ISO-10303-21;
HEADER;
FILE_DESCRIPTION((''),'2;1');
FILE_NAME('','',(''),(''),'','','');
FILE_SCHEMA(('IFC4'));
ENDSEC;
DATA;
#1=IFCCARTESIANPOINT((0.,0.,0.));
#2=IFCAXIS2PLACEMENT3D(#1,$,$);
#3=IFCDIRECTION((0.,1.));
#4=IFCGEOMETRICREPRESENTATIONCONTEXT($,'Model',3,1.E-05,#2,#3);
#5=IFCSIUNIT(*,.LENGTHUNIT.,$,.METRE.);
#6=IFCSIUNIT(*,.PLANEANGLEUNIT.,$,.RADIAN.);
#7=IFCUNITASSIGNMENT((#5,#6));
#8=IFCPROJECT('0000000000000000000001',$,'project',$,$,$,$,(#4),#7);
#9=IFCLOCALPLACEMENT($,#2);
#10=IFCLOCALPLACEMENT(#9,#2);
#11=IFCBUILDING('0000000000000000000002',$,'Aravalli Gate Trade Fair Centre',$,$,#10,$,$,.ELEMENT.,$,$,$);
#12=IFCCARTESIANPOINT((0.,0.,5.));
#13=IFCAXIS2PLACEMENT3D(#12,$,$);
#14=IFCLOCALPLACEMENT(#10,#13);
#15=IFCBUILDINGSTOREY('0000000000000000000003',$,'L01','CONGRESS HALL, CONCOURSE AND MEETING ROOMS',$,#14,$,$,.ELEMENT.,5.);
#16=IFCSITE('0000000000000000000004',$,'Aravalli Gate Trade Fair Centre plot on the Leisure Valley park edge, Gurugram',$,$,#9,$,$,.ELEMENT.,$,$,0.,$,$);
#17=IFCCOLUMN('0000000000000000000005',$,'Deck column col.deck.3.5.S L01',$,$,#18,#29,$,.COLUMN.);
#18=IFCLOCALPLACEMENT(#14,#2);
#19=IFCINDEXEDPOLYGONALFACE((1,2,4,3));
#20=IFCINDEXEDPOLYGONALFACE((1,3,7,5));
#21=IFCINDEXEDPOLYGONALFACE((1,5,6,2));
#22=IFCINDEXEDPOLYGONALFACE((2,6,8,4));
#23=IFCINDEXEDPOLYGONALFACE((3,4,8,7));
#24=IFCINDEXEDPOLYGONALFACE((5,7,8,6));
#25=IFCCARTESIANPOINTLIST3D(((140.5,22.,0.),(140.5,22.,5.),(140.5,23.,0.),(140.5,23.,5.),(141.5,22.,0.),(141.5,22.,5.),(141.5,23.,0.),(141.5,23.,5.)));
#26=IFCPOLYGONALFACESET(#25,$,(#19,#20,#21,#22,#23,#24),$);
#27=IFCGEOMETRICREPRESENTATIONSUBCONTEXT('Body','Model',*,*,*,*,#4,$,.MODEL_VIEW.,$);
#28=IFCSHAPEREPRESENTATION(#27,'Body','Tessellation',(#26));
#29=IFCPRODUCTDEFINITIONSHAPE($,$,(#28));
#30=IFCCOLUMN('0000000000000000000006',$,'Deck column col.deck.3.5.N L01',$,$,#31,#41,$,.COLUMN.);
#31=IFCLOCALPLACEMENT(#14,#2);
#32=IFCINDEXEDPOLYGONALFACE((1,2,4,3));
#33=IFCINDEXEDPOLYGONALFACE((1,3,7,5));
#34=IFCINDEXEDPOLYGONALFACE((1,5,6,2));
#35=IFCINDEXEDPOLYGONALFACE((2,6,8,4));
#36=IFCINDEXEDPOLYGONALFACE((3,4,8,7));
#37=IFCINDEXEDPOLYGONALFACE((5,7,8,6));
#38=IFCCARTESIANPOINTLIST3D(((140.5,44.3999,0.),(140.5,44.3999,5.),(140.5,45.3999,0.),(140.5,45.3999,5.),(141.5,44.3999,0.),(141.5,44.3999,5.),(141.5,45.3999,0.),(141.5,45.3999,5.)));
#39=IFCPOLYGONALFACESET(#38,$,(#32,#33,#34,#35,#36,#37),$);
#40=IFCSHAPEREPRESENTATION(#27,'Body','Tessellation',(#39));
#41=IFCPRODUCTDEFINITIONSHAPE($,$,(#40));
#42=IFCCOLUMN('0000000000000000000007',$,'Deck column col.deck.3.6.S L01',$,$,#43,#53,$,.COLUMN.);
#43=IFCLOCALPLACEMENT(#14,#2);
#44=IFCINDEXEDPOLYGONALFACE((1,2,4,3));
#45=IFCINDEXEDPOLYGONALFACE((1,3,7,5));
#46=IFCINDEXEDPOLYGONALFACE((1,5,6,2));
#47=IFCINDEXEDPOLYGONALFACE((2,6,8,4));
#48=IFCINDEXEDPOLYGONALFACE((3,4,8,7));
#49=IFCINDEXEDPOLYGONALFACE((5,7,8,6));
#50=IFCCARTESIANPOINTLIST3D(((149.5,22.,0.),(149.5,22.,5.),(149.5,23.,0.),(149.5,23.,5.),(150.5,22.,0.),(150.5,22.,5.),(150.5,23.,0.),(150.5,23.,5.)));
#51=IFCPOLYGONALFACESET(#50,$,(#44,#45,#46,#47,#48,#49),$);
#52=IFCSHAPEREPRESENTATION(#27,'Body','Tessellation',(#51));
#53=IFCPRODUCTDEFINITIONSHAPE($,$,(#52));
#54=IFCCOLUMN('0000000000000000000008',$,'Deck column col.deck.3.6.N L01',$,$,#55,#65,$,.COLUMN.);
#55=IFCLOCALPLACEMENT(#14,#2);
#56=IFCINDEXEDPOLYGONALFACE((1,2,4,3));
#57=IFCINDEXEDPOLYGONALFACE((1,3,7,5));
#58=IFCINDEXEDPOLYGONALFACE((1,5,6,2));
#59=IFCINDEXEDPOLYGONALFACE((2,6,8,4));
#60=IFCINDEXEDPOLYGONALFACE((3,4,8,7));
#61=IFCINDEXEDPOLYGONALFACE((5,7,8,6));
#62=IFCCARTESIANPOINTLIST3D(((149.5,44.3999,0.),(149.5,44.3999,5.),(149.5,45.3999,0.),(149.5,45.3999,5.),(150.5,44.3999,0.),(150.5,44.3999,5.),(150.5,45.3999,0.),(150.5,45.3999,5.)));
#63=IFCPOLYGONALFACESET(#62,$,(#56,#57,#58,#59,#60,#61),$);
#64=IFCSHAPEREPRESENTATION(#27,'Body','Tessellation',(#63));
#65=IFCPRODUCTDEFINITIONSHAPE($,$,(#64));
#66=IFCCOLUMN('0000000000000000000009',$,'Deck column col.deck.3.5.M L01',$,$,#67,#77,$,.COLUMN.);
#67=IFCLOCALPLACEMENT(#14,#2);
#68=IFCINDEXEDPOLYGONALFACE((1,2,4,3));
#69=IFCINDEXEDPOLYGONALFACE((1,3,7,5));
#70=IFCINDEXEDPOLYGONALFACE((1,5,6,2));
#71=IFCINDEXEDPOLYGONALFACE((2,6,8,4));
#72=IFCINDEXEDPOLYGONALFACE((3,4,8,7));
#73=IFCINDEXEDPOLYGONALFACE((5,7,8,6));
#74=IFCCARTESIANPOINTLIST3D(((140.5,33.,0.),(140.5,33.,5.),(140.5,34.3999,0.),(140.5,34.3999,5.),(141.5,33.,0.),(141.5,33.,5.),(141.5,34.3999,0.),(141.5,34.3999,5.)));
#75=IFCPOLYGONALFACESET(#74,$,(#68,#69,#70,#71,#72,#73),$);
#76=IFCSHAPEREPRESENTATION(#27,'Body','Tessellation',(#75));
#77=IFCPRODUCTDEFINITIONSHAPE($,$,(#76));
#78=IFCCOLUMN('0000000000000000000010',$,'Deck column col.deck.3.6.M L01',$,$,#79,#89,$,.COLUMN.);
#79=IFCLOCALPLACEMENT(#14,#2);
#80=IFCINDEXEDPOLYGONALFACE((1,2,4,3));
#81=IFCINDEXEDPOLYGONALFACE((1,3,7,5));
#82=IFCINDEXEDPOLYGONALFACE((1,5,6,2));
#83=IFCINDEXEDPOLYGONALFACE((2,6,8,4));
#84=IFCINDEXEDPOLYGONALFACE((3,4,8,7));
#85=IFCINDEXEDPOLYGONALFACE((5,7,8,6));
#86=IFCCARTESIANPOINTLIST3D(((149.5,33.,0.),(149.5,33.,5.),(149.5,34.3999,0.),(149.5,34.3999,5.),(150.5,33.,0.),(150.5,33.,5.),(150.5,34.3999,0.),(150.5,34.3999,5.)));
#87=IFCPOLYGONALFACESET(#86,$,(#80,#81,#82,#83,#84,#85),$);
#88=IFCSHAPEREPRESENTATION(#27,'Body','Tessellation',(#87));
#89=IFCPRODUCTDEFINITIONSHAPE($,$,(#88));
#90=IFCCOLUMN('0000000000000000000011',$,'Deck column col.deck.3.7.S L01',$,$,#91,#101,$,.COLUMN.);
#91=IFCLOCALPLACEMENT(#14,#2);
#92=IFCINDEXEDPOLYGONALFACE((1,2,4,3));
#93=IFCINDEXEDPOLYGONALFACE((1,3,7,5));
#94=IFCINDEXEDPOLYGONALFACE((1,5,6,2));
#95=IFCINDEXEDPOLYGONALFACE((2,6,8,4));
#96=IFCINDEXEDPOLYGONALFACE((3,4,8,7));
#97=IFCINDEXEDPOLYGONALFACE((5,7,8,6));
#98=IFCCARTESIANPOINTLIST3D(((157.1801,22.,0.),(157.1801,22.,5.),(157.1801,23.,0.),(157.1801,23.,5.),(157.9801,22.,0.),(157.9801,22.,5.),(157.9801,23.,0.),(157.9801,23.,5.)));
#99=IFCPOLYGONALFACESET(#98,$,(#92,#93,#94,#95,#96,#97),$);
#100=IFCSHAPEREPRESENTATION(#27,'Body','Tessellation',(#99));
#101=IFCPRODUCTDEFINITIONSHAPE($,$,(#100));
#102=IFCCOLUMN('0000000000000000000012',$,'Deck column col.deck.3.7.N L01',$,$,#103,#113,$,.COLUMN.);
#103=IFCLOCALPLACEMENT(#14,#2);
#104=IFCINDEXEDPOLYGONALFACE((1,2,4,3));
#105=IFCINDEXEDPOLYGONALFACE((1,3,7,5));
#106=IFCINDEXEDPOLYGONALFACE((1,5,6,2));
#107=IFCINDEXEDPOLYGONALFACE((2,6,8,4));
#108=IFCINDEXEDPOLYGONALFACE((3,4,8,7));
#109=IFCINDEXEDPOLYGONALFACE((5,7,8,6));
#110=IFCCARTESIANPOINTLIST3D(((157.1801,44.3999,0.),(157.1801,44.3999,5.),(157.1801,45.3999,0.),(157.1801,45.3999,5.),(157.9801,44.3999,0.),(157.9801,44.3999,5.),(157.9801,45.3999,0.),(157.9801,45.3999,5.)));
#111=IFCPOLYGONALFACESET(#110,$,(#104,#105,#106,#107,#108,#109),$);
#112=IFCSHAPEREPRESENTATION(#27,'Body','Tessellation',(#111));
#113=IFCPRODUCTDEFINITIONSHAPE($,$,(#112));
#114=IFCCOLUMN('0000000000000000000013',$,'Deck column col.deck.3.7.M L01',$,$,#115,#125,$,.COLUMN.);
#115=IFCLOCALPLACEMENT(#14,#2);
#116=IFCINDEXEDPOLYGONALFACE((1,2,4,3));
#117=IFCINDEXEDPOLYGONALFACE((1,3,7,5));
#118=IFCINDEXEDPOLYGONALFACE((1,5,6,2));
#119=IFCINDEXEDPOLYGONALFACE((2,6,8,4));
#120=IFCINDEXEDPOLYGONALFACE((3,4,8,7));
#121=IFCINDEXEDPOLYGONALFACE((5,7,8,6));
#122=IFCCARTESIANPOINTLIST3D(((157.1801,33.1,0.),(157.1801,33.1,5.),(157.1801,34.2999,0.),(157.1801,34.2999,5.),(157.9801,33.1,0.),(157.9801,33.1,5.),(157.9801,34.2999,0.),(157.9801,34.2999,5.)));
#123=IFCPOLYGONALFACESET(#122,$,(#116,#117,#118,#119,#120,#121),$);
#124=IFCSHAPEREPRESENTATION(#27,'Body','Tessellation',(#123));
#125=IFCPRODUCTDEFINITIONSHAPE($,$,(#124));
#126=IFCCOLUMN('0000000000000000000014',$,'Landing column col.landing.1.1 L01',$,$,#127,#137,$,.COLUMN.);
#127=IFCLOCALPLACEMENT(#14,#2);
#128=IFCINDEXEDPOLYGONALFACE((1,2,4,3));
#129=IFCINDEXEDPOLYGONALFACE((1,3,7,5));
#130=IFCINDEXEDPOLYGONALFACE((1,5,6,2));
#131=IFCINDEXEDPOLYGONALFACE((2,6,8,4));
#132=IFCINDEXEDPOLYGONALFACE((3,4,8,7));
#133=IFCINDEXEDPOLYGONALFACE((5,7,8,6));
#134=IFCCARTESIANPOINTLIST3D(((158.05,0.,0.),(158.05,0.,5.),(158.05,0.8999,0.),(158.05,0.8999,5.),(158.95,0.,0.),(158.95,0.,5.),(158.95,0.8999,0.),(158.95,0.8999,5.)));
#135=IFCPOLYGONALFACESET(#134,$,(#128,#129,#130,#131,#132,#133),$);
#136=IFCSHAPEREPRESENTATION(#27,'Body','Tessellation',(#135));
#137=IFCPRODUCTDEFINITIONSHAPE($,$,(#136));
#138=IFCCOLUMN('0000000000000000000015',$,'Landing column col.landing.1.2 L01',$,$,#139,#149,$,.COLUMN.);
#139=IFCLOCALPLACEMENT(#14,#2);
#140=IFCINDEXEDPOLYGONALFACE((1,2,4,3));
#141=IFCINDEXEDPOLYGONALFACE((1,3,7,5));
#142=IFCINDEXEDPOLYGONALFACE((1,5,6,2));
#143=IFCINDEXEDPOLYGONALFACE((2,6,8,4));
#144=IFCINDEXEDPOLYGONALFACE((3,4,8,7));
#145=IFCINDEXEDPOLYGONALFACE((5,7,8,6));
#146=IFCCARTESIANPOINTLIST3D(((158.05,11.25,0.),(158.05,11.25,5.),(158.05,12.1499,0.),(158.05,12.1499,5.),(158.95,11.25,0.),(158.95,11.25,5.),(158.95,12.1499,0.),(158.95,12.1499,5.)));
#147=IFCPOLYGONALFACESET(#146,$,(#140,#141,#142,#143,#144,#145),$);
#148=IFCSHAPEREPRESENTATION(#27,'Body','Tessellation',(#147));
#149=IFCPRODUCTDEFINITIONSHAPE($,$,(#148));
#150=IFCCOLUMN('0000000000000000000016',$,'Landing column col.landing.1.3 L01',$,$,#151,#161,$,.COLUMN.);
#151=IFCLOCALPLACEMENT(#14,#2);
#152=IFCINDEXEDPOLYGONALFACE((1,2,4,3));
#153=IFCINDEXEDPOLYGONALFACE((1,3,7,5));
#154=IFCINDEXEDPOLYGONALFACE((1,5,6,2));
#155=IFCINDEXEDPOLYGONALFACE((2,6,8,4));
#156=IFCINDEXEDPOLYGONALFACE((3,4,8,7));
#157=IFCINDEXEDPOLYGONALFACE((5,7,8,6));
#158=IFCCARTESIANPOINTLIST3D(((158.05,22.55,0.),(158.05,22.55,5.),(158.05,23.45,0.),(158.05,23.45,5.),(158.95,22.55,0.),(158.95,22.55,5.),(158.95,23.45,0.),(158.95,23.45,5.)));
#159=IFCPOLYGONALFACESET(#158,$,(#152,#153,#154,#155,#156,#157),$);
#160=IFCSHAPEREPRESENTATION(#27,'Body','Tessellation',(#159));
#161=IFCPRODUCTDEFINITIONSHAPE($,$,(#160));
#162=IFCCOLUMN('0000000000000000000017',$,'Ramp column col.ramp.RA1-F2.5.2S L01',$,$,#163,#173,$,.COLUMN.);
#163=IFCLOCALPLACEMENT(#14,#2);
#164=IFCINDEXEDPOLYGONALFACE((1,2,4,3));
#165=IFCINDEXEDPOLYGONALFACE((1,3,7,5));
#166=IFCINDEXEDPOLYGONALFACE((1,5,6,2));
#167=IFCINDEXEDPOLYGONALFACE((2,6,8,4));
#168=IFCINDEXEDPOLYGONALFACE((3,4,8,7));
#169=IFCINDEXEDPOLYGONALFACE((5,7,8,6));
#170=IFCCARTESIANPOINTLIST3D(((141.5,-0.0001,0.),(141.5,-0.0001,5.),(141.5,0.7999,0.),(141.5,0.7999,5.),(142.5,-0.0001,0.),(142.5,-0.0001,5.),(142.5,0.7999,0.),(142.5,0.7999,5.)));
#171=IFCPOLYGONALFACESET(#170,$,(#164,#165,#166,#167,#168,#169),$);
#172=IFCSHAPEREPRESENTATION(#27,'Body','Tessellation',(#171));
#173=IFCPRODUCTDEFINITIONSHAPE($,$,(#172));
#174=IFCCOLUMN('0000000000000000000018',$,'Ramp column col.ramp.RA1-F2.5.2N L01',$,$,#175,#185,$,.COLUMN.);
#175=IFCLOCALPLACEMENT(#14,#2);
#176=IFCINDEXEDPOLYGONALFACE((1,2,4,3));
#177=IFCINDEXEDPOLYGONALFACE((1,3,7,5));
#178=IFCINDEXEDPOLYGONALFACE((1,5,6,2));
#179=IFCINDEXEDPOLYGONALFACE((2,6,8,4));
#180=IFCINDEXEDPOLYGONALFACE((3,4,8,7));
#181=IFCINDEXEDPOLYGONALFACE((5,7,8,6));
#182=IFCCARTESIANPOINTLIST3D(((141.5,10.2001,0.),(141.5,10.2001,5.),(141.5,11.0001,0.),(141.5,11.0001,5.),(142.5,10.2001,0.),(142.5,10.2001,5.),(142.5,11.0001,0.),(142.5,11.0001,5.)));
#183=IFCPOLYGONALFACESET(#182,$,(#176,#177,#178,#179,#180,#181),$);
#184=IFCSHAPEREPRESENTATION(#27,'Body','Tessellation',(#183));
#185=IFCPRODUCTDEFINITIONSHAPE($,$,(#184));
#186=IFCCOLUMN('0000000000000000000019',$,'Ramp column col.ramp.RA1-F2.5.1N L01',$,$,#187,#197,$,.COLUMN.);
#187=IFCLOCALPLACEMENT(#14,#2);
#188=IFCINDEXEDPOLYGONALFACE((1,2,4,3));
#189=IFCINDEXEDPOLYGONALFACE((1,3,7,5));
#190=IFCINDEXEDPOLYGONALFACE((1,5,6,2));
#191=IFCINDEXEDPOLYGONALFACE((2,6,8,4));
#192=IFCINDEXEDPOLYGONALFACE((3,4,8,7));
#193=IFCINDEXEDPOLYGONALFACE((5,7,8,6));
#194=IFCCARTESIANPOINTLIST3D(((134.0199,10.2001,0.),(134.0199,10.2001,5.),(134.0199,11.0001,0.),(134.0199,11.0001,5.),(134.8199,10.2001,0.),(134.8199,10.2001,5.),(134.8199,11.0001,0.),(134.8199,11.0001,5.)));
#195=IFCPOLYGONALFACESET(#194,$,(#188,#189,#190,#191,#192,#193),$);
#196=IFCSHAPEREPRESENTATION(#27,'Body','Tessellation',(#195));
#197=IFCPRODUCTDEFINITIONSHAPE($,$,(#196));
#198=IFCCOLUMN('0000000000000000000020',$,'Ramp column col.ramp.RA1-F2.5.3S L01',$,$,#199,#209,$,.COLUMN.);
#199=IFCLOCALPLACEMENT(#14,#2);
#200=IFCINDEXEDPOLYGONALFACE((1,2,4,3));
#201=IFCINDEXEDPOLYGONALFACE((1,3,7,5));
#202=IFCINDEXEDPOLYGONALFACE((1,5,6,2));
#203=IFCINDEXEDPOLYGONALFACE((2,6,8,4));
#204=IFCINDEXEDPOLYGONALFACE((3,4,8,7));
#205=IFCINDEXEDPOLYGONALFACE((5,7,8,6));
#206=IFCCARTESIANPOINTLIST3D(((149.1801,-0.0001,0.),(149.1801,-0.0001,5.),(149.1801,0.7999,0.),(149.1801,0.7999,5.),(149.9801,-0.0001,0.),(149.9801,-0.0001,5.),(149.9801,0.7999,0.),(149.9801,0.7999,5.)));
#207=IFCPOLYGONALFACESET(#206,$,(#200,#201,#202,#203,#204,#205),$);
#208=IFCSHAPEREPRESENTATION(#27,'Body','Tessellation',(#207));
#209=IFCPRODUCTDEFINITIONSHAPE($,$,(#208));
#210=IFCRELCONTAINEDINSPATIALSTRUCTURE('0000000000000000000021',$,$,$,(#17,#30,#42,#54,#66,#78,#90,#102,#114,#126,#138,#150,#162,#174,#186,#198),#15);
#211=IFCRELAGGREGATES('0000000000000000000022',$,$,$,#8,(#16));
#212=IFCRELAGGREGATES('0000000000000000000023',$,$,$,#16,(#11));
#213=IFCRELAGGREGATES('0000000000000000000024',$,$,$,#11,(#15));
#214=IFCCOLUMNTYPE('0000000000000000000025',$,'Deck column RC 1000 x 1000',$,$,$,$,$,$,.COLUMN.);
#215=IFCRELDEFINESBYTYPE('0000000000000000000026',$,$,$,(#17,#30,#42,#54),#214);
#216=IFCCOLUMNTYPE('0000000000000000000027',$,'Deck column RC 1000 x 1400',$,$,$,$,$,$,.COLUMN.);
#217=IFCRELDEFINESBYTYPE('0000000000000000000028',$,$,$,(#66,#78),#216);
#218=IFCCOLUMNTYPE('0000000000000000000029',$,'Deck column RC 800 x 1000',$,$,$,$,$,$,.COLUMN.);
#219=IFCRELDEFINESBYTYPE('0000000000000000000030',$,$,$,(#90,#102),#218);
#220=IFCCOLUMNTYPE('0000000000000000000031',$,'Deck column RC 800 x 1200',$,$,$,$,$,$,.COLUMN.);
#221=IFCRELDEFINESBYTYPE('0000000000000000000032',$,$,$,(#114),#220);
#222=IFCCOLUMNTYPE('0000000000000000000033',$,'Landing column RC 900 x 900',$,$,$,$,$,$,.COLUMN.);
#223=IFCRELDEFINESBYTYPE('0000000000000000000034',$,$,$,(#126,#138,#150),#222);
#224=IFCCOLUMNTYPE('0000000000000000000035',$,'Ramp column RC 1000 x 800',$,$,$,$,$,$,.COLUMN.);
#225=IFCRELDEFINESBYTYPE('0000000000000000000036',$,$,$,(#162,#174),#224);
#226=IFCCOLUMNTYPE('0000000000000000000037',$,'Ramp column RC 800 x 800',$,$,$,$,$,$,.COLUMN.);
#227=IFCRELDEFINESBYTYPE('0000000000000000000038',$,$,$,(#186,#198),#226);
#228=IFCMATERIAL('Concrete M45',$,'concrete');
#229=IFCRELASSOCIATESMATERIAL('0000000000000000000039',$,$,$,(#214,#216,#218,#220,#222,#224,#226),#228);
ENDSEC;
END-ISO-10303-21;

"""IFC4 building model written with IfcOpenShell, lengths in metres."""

from ifc_helpers import new_model, si_unit, direction, frame, origin, origin_2d, place, context, subcontext, project, spatial, rectangle, extrude, material, material_profile, profile_set, type_object, element, save


model = new_model("IFC4")

# Units and contexts
model_context = context("Model", 3, precision=1e-05, world=origin(), true_north=direction((0.0, 1.0)))
body_context = subcontext(model_context, "Body", "Model", "MODEL_VIEW")
ifc_project = project(units=[si_unit("LENGTHUNIT", "METRE"), si_unit("PLANEANGLEUNIT", "RADIAN")], contexts=[model_context])

# Site, building, storey
site_placement = place(None, origin())
site = spatial("IfcSite", under=ifc_project, at=site_placement, Name="Aravalli Gate Trade Fair Centre plot on the Leisure Valley park edge, Gurugram", CompositionType="ELEMENT", RefElevation=0.0)
building_placement = place(site_placement, origin())
building = spatial("IfcBuilding", under=site, at=building_placement, Name="Aravalli Gate Trade Fair Centre", CompositionType="ELEMENT")
storey_placement = place(building_placement, frame((0.0, 0.0, 5.0)))
storey = spatial("IfcBuildingStorey", under=building, at=storey_placement, Name="L01", Description="CONGRESS HALL, CONCOURSE AND MEETING ROOMS", CompositionType="ELEMENT", Elevation=5.0)

# Columns
ifc_material_1 = material(Name="Concrete M45", Category="concrete")
ifc_material_profile_1 = material_profile(ifc_material_1, rectangle(XDim=1.0, YDim=1.0, at=origin_2d()), Name="Deck column RC 1000 x 1000")
ifc_profile_set_1 = profile_set([ifc_material_profile_1], Name="Concrete M45")
column_type_1 = type_object("IfcColumnType", Name="Deck column RC 1000 x 1000", PredefinedType="COLUMN", material=ifc_profile_set_1)
for number, where, z_axis, x_axis, name in (
    (1, (141.0, 22.5, 0.0), (0.0, 0.0, 1.0), (1.0, 0.0, 0.0), "Deck column col.deck.3.5.S L01"),
    (2, (141.0, 44.8999, 0.0), (0.0, 0.0, 1.0), (1.0, 0.0, 0.0), "Deck column col.deck.3.5.N L01"),
    (3, (150.0, 22.5, 0.0), (0.0, 0.0, 1.0), (1.0, 0.0, 0.0), "Deck column col.deck.3.6.S L01"),
    (4, (150.0, 44.8999, 0.0), (0.0, 0.0, 1.0), (1.0, 0.0, 0.0), "Deck column col.deck.3.6.N L01"),
):
    element("IfcColumn", number, at=place(storey_placement, frame(where, z_axis=z_axis, x_axis=x_axis)), inside=storey, type_object=column_type_1, Name=name, PredefinedType="COLUMN", context=body_context, shape_type="SweptSolid", body=[
        extrude(rectangle(XDim=1.0, YDim=1.0, at=origin_2d()), origin(), (0.0, 0.0, 1.0), 5.0),
    ])
ifc_material_profile_2 = material_profile(ifc_material_1, rectangle(XDim=1.0, YDim=1.3999, at=origin_2d()), Name="Deck column RC 1000 x 1400")
ifc_profile_set_2 = profile_set([ifc_material_profile_2], Name="Concrete M45")
column_type_2 = type_object("IfcColumnType", Name="Deck column RC 1000 x 1400", PredefinedType="COLUMN", material=ifc_profile_set_2)
for number, where, z_axis, x_axis, name in (
    (5, (141.0, 33.7, 0.0), (0.0, 0.0, 1.0), (1.0, 0.0, 0.0), "Deck column col.deck.3.5.M L01"),
    (6, (150.0, 33.7, 0.0), (0.0, 0.0, 1.0), (1.0, 0.0, 0.0), "Deck column col.deck.3.6.M L01"),
):
    element("IfcColumn", number, at=place(storey_placement, frame(where, z_axis=z_axis, x_axis=x_axis)), inside=storey, type_object=column_type_2, Name=name, PredefinedType="COLUMN", context=body_context, shape_type="SweptSolid", body=[
        extrude(rectangle(XDim=1.0, YDim=1.3999, at=origin_2d()), origin(), (0.0, 0.0, 1.0), 5.0),
    ])
ifc_material_profile_3 = material_profile(ifc_material_1, rectangle(XDim=0.8, YDim=1.0, at=origin_2d()), Name="Deck column RC 800 x 1000")
ifc_profile_set_3 = profile_set([ifc_material_profile_3], Name="Concrete M45")
column_type_3 = type_object("IfcColumnType", Name="Deck column RC 800 x 1000", PredefinedType="COLUMN", material=ifc_profile_set_3)
for number, where, z_axis, x_axis, name in (
    (7, (157.5801, 22.5, 0.0), (0.0, 0.0, 1.0), (1.0, 0.0, 0.0), "Deck column col.deck.3.7.S L01"),
    (8, (157.5801, 44.8999, 0.0), (0.0, 0.0, 1.0), (1.0, 0.0, 0.0), "Deck column col.deck.3.7.N L01"),
):
    element("IfcColumn", number, at=place(storey_placement, frame(where, z_axis=z_axis, x_axis=x_axis)), inside=storey, type_object=column_type_3, Name=name, PredefinedType="COLUMN", context=body_context, shape_type="SweptSolid", body=[
        extrude(rectangle(XDim=0.8, YDim=1.0, at=origin_2d()), origin(), (0.0, 0.0, 1.0), 5.0),
    ])
ifc_material_profile_4 = material_profile(ifc_material_1, rectangle(XDim=0.8, YDim=1.2, at=origin_2d()), Name="Deck column RC 800 x 1200")
ifc_profile_set_4 = profile_set([ifc_material_profile_4], Name="Concrete M45")
column_type_4 = type_object("IfcColumnType", Name="Deck column RC 800 x 1200", PredefinedType="COLUMN", material=ifc_profile_set_4)
column_placement = place(storey_placement, frame((157.5801, 33.7, 0.0), z_axis=(0.0, 0.0, 1.0), x_axis=(1.0, 0.0, 0.0)))
element("IfcColumn", 9, at=column_placement, inside=storey, type_object=column_type_4, Name="Deck column col.deck.3.7.M L01", PredefinedType="COLUMN", context=body_context, shape_type="SweptSolid", body=[
    extrude(rectangle(XDim=0.8, YDim=1.2, at=origin_2d()), origin(), (0.0, 0.0, 1.0), 5.0),
])
ifc_material_profile_5 = material_profile(ifc_material_1, rectangle(XDim=0.8999, YDim=0.8999, at=origin_2d()), Name="Landing column RC 900 x 900")
ifc_profile_set_5 = profile_set([ifc_material_profile_5], Name="Concrete M45")
column_type_5 = type_object("IfcColumnType", Name="Landing column RC 900 x 900", PredefinedType="COLUMN", material=ifc_profile_set_5)
for number, where, z_axis, x_axis, name in (
    (10, (158.5, 0.45, 0.0), (0.0, 0.0, 1.0), (1.0, 0.0, 0.0), "Landing column col.landing.1.1 L01"),
    (11, (158.5, 11.7, 0.0), (0.0, 0.0, 1.0), (1.0, 0.0, 0.0), "Landing column col.landing.1.2 L01"),
    (12, (158.5, 23.0, 0.0), (0.0, 0.0, 1.0), (1.0, 0.0, 0.0), "Landing column col.landing.1.3 L01"),
):
    element("IfcColumn", number, at=place(storey_placement, frame(where, z_axis=z_axis, x_axis=x_axis)), inside=storey, type_object=column_type_5, Name=name, PredefinedType="COLUMN", context=body_context, shape_type="SweptSolid", body=[
        extrude(rectangle(XDim=0.8999, YDim=0.8999, at=origin_2d()), origin(), (0.0, 0.0, 1.0), 5.0),
    ])
ifc_material_profile_6 = material_profile(ifc_material_1, rectangle(XDim=1.0, YDim=0.8, at=origin_2d()), Name="Ramp column RC 1000 x 800")
ifc_profile_set_6 = profile_set([ifc_material_profile_6], Name="Concrete M45")
column_type_6 = type_object("IfcColumnType", Name="Ramp column RC 1000 x 800", PredefinedType="COLUMN", material=ifc_profile_set_6)
for number, where, z_axis, x_axis, name in (
    (13, (142.0, 0.3999, 0.0), (0.0, 0.0, 1.0), (1.0, 0.0, 0.0), "Ramp column col.ramp.RA1-F2.5.2S L01"),
    (14, (142.0, 10.6001, 0.0), (0.0, 0.0, 1.0), (1.0, 0.0, 0.0), "Ramp column col.ramp.RA1-F2.5.2N L01"),
):
    element("IfcColumn", number, at=place(storey_placement, frame(where, z_axis=z_axis, x_axis=x_axis)), inside=storey, type_object=column_type_6, Name=name, PredefinedType="COLUMN", context=body_context, shape_type="SweptSolid", body=[
        extrude(rectangle(XDim=1.0, YDim=0.8, at=origin_2d()), origin(), (0.0, 0.0, 1.0), 5.0),
    ])
ifc_material_profile_7 = material_profile(ifc_material_1, rectangle(XDim=0.8, YDim=0.8, at=origin_2d()), Name="Ramp column RC 800 x 800")
ifc_profile_set_7 = profile_set([ifc_material_profile_7], Name="Concrete M45")
column_type_7 = type_object("IfcColumnType", Name="Ramp column RC 800 x 800", PredefinedType="COLUMN", material=ifc_profile_set_7)
for number, where, z_axis, x_axis, name in (
    (15, (134.4199, 10.6001, 0.0), (0.0, 0.0, 1.0), (1.0, 0.0, 0.0), "Ramp column col.ramp.RA1-F2.5.1N L01"),
    (16, (149.5801, 0.3999, 0.0), (0.0, 0.0, 1.0), (1.0, 0.0, 0.0), "Ramp column col.ramp.RA1-F2.5.3S L01"),
):
    element("IfcColumn", number, at=place(storey_placement, frame(where, z_axis=z_axis, x_axis=x_axis)), inside=storey, type_object=column_type_7, Name=name, PredefinedType="COLUMN", context=body_context, shape_type="SweptSolid", body=[
        extrude(rectangle(XDim=0.8, YDim=0.8, at=origin_2d()), origin(), (0.0, 0.0, 1.0), 5.0),
    ])

save(model, "model.ifc")
